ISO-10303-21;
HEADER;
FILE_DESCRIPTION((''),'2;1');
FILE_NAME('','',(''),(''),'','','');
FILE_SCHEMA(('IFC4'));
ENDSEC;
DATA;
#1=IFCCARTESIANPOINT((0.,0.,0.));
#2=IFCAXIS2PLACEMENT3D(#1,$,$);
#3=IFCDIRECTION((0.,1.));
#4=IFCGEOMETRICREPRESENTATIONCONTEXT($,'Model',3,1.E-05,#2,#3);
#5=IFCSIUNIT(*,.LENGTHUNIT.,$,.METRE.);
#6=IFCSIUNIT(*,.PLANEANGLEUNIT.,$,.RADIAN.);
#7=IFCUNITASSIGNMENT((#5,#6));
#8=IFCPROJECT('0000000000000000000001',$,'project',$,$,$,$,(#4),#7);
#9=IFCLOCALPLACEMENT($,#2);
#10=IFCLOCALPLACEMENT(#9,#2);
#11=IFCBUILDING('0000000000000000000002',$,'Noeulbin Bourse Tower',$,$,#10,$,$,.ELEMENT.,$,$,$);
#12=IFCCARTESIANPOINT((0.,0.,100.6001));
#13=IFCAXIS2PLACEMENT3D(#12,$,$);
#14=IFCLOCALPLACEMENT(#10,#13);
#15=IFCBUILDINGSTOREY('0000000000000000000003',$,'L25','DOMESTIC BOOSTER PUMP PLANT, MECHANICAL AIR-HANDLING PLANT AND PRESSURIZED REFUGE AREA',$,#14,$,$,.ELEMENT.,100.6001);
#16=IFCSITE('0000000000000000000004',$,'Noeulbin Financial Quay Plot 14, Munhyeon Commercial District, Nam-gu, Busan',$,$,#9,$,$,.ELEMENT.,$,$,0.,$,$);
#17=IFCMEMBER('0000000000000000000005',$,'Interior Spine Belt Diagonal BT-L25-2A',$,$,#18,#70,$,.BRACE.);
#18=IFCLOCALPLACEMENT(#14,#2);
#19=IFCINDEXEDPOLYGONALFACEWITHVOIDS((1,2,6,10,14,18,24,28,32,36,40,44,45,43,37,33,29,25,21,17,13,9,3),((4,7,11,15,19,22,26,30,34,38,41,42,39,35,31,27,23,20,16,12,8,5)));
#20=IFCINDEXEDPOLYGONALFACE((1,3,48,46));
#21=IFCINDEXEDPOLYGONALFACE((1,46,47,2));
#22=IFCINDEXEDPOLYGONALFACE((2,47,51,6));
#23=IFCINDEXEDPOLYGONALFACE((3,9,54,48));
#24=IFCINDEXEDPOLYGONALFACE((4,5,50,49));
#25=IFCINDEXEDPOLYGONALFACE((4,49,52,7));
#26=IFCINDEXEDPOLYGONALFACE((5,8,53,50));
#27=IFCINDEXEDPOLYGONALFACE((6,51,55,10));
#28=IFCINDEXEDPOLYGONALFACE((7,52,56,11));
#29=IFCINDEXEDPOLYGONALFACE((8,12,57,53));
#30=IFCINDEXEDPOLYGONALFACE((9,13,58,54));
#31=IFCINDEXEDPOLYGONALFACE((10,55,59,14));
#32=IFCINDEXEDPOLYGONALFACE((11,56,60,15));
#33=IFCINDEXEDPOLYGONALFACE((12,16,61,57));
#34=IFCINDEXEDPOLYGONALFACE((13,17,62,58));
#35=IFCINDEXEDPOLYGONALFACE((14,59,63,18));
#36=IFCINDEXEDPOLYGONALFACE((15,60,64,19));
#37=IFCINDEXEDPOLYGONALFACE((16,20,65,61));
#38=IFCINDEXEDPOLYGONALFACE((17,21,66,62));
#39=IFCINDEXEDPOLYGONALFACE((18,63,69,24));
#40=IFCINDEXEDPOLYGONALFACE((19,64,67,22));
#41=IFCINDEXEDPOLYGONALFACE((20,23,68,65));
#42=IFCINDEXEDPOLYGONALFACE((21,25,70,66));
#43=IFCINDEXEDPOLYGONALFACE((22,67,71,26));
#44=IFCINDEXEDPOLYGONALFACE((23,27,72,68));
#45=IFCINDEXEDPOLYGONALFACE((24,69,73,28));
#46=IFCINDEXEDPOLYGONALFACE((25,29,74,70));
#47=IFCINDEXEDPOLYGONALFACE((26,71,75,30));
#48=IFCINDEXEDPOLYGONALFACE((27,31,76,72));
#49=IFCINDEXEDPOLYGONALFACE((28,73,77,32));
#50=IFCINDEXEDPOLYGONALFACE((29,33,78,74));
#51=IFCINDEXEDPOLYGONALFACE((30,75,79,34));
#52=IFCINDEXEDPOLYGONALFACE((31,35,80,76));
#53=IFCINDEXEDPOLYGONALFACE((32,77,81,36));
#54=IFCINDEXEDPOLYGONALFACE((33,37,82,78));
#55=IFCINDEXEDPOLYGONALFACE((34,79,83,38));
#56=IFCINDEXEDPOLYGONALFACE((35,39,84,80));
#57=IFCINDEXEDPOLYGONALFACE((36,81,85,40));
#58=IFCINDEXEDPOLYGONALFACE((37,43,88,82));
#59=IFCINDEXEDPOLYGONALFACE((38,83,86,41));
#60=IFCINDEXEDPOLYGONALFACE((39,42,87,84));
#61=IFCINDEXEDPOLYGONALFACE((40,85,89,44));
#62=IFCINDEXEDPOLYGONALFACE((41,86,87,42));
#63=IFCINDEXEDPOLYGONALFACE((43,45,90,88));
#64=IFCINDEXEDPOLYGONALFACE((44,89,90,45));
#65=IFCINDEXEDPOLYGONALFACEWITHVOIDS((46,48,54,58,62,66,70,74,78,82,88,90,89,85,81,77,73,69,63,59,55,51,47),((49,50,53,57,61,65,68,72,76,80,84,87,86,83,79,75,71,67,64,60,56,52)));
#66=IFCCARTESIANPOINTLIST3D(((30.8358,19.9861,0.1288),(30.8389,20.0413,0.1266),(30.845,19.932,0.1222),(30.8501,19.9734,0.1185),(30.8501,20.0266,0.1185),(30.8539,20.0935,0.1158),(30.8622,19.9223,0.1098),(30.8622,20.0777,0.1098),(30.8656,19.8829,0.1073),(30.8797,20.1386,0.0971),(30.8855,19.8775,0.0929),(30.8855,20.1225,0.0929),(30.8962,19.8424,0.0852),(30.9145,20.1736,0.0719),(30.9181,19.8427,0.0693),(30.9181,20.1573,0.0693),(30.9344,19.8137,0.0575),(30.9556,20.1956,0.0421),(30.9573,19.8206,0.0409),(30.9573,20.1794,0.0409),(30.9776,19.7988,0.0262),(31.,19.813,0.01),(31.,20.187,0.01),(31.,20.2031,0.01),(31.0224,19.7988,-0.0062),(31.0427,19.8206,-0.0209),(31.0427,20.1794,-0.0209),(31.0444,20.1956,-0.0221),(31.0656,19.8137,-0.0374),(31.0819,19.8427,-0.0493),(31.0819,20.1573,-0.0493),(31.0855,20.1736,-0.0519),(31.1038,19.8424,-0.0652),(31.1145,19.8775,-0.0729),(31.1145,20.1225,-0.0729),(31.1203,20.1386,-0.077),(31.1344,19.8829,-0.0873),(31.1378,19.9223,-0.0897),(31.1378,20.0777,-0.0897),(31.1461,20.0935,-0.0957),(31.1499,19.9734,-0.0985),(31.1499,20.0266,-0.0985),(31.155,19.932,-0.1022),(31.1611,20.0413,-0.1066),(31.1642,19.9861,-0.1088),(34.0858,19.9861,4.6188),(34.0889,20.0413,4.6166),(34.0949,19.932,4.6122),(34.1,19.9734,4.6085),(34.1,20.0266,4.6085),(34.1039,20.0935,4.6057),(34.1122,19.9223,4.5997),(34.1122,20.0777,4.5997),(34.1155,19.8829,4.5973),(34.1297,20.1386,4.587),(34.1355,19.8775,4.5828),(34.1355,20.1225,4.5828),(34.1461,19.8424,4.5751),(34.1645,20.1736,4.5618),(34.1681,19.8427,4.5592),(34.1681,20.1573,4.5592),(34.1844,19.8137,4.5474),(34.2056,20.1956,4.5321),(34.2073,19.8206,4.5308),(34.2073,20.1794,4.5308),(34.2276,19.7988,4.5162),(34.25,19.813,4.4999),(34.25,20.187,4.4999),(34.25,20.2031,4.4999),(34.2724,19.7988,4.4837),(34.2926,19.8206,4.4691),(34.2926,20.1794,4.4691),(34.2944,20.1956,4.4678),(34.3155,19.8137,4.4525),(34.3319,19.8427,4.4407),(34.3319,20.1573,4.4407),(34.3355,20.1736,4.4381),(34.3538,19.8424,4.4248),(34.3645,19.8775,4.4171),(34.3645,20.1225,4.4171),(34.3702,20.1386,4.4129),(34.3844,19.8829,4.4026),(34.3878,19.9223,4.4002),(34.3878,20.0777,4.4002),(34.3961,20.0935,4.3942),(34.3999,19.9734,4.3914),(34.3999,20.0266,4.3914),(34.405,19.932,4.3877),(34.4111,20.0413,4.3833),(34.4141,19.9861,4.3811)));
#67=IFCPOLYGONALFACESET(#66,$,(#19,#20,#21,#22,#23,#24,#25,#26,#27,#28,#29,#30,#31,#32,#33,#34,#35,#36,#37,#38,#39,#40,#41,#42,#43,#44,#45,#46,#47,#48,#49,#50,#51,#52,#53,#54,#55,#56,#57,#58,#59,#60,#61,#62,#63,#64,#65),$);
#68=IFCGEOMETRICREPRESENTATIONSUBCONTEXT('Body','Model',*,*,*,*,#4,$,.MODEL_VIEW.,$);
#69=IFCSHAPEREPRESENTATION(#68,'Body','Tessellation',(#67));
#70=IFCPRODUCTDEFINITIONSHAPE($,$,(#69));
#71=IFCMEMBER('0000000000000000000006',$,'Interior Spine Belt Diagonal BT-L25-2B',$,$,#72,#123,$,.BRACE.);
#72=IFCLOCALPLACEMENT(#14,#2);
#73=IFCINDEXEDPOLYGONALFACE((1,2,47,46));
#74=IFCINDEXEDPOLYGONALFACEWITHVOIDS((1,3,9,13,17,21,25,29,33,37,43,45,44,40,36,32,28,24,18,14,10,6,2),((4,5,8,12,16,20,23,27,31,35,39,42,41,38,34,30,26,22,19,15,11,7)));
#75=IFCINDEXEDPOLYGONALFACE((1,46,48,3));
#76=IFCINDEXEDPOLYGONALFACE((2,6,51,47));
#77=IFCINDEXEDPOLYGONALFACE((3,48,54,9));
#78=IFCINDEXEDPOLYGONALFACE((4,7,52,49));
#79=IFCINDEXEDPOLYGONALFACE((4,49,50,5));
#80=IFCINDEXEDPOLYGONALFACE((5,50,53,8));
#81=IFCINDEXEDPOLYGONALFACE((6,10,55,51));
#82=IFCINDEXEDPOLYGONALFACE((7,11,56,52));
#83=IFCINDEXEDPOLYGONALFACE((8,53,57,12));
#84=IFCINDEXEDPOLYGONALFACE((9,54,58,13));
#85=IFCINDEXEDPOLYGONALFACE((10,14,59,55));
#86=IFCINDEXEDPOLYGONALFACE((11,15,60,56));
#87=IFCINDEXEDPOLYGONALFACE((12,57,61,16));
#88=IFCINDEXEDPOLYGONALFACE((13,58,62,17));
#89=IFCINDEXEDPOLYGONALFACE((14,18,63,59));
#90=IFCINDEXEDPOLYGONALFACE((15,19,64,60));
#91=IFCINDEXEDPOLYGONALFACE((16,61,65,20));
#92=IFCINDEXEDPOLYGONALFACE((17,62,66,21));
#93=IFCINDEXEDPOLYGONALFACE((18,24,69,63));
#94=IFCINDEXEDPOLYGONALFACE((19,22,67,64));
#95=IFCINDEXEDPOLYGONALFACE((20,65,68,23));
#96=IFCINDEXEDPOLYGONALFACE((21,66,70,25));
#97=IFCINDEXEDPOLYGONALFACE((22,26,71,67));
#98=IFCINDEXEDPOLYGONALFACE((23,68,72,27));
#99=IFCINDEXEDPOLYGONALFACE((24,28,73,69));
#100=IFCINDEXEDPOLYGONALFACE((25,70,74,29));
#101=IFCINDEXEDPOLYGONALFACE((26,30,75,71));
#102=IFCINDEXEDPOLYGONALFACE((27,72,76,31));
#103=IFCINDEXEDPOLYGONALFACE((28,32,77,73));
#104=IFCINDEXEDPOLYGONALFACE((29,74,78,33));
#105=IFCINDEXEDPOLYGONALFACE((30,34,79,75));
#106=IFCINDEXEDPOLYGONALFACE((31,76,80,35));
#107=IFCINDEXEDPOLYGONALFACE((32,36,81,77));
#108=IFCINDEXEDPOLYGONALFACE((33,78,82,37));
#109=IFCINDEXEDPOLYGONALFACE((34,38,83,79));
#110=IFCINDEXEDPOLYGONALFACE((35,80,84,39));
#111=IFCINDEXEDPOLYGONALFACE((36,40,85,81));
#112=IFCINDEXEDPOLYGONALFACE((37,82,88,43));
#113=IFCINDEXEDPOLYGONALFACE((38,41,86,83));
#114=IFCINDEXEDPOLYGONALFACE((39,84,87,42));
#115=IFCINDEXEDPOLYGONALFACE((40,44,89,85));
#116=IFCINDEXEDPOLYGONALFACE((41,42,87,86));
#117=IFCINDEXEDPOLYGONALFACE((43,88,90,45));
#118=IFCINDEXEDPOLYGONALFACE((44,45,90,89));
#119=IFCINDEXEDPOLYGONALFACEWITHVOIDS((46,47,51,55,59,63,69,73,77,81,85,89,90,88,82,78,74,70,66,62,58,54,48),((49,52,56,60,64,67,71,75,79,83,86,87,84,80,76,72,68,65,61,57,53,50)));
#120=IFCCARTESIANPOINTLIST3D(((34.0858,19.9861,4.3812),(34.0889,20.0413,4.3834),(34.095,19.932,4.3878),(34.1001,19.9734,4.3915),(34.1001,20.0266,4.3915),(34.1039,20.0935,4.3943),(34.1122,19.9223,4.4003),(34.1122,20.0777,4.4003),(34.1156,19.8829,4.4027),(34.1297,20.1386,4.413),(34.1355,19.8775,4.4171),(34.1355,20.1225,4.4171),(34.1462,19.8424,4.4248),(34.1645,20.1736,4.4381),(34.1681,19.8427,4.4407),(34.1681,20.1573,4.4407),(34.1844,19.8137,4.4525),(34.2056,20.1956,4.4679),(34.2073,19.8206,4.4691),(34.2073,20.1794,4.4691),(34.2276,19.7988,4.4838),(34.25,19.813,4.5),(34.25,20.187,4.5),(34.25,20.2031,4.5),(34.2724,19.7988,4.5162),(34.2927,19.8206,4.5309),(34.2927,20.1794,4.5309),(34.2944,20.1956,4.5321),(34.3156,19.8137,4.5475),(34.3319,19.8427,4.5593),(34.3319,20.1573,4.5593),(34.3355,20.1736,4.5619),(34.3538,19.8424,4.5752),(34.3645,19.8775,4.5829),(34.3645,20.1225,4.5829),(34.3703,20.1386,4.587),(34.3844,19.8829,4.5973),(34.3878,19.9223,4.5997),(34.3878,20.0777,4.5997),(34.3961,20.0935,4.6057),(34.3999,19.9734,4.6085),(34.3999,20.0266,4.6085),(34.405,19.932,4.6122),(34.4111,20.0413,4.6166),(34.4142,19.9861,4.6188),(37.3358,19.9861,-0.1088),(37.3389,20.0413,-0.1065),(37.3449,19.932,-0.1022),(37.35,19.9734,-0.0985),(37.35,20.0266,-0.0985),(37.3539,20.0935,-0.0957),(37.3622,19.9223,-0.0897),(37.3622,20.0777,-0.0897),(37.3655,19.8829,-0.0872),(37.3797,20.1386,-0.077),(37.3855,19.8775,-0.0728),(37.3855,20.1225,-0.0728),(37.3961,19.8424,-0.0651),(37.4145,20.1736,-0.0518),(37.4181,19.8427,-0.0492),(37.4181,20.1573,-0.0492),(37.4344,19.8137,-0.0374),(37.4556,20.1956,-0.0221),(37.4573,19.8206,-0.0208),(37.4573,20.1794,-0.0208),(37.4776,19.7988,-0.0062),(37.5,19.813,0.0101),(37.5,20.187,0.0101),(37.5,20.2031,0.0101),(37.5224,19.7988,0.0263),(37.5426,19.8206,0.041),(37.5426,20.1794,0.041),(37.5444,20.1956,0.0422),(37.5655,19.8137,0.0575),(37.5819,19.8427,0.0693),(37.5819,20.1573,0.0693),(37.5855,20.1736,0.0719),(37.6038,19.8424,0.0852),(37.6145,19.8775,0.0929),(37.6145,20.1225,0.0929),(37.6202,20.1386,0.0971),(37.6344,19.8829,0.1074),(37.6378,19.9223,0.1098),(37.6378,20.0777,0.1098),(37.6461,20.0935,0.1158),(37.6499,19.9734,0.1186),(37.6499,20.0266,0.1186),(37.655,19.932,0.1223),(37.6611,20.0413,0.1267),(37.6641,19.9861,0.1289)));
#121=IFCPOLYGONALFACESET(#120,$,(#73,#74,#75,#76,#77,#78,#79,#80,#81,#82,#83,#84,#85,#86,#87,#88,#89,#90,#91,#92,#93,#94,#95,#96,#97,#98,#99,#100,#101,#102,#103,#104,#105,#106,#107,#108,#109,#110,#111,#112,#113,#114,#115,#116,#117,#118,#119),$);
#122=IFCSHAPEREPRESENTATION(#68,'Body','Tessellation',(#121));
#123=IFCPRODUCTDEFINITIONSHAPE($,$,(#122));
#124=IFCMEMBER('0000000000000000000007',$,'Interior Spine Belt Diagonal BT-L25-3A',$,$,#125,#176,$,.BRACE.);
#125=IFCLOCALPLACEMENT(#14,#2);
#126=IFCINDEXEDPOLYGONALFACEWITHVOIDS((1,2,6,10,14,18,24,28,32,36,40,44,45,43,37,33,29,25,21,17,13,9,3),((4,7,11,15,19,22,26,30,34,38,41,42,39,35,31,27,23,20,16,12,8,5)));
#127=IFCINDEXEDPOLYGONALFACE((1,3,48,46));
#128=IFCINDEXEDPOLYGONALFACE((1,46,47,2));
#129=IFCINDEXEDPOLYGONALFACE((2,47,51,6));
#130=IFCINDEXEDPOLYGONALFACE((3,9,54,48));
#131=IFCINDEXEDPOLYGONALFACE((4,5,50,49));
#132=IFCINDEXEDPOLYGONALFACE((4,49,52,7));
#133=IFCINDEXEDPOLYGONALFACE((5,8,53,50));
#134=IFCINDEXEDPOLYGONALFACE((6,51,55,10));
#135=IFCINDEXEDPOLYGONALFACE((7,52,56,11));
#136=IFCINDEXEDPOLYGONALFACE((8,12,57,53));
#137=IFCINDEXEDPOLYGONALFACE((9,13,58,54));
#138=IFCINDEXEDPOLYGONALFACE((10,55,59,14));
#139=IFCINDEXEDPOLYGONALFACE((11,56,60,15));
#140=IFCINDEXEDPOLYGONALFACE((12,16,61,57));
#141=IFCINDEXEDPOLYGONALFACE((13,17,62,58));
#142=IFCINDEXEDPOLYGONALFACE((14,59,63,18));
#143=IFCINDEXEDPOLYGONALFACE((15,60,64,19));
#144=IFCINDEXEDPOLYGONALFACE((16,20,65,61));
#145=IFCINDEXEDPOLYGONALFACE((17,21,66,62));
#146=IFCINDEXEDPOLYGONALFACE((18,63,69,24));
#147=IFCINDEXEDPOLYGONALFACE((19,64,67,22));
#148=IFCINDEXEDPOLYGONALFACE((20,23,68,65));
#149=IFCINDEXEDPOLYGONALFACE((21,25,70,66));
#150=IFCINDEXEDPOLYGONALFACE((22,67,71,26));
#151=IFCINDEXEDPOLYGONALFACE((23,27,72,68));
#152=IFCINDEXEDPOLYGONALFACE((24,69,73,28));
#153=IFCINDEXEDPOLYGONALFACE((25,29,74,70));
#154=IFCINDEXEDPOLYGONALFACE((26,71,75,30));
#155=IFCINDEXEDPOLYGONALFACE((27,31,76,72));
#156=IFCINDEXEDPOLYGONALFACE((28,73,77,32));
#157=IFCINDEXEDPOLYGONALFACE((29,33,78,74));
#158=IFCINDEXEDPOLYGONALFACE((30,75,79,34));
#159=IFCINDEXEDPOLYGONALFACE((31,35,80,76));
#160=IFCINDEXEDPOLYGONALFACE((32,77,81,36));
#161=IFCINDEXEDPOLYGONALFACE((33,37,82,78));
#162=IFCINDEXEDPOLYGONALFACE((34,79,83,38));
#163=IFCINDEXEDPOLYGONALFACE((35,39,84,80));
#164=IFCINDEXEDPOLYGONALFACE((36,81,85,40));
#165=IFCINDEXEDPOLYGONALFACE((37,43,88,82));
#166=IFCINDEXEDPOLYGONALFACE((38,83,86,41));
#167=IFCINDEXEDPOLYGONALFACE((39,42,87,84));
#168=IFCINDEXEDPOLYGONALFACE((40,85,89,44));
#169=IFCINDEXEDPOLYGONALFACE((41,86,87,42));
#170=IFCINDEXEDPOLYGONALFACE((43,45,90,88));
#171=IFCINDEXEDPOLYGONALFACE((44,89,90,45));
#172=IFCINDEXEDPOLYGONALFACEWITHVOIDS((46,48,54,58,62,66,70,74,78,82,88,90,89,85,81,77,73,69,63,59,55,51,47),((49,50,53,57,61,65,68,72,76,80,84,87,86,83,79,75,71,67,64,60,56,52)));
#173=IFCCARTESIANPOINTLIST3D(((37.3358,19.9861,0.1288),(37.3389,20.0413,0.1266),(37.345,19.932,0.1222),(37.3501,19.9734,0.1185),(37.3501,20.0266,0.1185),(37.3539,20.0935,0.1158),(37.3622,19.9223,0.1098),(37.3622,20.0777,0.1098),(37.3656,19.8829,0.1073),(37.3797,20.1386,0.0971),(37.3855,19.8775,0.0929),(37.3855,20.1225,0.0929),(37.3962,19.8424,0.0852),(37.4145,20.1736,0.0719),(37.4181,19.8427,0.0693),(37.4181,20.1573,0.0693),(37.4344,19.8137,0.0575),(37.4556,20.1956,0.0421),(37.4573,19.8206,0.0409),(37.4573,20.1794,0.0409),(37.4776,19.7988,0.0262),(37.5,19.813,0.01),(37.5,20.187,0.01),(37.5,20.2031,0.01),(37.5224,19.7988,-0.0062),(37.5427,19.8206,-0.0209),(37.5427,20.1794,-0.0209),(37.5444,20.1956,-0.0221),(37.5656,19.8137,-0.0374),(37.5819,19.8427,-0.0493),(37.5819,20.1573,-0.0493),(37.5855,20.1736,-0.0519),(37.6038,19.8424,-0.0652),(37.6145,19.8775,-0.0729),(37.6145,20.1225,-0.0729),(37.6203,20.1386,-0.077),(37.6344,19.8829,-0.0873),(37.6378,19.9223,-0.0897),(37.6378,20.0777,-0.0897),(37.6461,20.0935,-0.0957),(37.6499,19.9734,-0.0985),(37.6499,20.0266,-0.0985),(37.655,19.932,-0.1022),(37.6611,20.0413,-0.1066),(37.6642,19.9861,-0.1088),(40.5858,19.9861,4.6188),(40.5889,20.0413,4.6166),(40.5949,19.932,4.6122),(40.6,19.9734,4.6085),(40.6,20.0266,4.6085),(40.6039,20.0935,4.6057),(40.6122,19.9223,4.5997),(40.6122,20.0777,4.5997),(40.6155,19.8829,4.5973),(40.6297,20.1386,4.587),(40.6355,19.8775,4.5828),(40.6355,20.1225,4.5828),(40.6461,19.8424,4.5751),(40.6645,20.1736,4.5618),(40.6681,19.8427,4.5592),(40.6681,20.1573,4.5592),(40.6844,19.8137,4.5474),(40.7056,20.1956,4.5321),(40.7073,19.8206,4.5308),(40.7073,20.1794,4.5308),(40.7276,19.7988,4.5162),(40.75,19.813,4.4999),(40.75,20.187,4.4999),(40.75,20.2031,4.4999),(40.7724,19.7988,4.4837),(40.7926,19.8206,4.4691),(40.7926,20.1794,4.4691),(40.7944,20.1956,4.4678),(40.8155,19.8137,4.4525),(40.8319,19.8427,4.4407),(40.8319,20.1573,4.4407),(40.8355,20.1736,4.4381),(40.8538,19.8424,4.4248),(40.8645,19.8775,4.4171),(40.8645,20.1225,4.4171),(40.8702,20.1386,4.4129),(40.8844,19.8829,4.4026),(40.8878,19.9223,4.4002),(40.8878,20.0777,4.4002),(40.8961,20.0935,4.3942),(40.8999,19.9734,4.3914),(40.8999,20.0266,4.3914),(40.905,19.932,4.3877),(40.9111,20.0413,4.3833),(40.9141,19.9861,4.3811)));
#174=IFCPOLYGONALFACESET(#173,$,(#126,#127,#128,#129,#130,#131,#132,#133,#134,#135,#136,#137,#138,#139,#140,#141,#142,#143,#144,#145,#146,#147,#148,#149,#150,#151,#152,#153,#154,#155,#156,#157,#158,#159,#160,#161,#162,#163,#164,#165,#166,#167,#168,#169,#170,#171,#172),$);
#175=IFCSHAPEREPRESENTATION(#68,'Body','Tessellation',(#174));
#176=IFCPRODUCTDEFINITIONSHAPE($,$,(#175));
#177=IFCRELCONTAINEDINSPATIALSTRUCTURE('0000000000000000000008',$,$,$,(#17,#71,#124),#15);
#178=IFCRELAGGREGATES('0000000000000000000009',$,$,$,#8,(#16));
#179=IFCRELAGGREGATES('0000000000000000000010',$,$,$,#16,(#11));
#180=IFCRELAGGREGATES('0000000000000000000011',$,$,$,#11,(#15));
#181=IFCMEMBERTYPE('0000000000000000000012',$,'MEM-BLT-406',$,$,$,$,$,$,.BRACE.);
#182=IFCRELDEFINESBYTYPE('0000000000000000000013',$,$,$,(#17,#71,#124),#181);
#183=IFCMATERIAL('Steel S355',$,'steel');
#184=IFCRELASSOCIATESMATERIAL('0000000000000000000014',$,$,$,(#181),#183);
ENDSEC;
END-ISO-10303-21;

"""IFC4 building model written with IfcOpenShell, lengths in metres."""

from ifc_helpers import new_model, si_unit, direction, frame, origin, origin_2d, place, context, subcontext, project, spatial, hollow_circle, extrude, material, material_profile, profile_set, type_object, element, save


model = new_model("IFC4")

# Units and contexts
model_context = context("Model", 3, precision=1e-05, world=origin(), true_north=direction((0.0, 1.0)))
body_context = subcontext(model_context, "Body", "Model", "MODEL_VIEW")
ifc_project = project(units=[si_unit("LENGTHUNIT", "METRE"), si_unit("PLANEANGLEUNIT", "RADIAN")], contexts=[model_context])

# Site, building, storey
site_placement = place(None, origin())
site = spatial("IfcSite", under=ifc_project, at=site_placement, Name="Noeulbin Financial Quay Plot 14, Munhyeon Commercial District, Nam-gu, Busan", CompositionType="ELEMENT", RefElevation=0.0)
building_placement = place(site_placement, origin())
building = spatial("IfcBuilding", under=site, at=building_placement, Name="Noeulbin Bourse Tower", CompositionType="ELEMENT")
storey_placement = place(building_placement, frame((0.0, 0.0, 100.6001)))
storey = spatial("IfcBuildingStorey", under=building, at=storey_placement, Name="L25", Description="DOMESTIC BOOSTER PUMP PLANT, MECHANICAL AIR-HANDLING PLANT AND PRESSURIZED REFUGE AREA", CompositionType="ELEMENT", Elevation=100.6001)

# Shared definitions
ifc_material_1 = material(Name="Steel S355", Category="steel")

# Members
ifc_material_profile_1 = material_profile(ifc_material_1, hollow_circle(Radius=0.2031, WallThickness=0.0161, at=origin_2d()), Name="CHS-406.4x16.0", Category="LoadBearing")
ifc_profile_set_1 = profile_set([ifc_material_profile_1], Name="Steel S355")
member_type_1 = type_object("IfcMemberType", Name="MEM-BLT-406", PredefinedType="BRACE", material=ifc_profile_set_1)
for number, where, z_axis, x_axis, name in (
    (1, (31.0, 20.0, 0.01), (0.586347, 0.0, 0.81006), (0.0, 1.0, 0.0), "Interior Spine Belt Diagonal BT-L25-2A"),
    (2, (34.25, 20.0, 4.5), (0.586347, 0.0, -0.81006), (0.0, 1.0, 0.0), "Interior Spine Belt Diagonal BT-L25-2B"),
    (3, (37.5, 20.0, 0.01), (0.586347, 0.0, 0.81006), (0.0, 1.0, 0.0), "Interior Spine Belt Diagonal BT-L25-3A"),
):
    element("IfcMember", number, at=place(storey_placement, frame(where, z_axis=z_axis, x_axis=x_axis)), inside=storey, type_object=member_type_1, Name=name, PredefinedType="BRACE", context=body_context, shape_type="SweptSolid", body=[
        extrude(hollow_circle(Radius=0.2031, WallThickness=0.0161, at=origin_2d()), origin(), (0.0, 0.0, 1.0), 5.5427),
    ])

save(model, "model.ifc")
